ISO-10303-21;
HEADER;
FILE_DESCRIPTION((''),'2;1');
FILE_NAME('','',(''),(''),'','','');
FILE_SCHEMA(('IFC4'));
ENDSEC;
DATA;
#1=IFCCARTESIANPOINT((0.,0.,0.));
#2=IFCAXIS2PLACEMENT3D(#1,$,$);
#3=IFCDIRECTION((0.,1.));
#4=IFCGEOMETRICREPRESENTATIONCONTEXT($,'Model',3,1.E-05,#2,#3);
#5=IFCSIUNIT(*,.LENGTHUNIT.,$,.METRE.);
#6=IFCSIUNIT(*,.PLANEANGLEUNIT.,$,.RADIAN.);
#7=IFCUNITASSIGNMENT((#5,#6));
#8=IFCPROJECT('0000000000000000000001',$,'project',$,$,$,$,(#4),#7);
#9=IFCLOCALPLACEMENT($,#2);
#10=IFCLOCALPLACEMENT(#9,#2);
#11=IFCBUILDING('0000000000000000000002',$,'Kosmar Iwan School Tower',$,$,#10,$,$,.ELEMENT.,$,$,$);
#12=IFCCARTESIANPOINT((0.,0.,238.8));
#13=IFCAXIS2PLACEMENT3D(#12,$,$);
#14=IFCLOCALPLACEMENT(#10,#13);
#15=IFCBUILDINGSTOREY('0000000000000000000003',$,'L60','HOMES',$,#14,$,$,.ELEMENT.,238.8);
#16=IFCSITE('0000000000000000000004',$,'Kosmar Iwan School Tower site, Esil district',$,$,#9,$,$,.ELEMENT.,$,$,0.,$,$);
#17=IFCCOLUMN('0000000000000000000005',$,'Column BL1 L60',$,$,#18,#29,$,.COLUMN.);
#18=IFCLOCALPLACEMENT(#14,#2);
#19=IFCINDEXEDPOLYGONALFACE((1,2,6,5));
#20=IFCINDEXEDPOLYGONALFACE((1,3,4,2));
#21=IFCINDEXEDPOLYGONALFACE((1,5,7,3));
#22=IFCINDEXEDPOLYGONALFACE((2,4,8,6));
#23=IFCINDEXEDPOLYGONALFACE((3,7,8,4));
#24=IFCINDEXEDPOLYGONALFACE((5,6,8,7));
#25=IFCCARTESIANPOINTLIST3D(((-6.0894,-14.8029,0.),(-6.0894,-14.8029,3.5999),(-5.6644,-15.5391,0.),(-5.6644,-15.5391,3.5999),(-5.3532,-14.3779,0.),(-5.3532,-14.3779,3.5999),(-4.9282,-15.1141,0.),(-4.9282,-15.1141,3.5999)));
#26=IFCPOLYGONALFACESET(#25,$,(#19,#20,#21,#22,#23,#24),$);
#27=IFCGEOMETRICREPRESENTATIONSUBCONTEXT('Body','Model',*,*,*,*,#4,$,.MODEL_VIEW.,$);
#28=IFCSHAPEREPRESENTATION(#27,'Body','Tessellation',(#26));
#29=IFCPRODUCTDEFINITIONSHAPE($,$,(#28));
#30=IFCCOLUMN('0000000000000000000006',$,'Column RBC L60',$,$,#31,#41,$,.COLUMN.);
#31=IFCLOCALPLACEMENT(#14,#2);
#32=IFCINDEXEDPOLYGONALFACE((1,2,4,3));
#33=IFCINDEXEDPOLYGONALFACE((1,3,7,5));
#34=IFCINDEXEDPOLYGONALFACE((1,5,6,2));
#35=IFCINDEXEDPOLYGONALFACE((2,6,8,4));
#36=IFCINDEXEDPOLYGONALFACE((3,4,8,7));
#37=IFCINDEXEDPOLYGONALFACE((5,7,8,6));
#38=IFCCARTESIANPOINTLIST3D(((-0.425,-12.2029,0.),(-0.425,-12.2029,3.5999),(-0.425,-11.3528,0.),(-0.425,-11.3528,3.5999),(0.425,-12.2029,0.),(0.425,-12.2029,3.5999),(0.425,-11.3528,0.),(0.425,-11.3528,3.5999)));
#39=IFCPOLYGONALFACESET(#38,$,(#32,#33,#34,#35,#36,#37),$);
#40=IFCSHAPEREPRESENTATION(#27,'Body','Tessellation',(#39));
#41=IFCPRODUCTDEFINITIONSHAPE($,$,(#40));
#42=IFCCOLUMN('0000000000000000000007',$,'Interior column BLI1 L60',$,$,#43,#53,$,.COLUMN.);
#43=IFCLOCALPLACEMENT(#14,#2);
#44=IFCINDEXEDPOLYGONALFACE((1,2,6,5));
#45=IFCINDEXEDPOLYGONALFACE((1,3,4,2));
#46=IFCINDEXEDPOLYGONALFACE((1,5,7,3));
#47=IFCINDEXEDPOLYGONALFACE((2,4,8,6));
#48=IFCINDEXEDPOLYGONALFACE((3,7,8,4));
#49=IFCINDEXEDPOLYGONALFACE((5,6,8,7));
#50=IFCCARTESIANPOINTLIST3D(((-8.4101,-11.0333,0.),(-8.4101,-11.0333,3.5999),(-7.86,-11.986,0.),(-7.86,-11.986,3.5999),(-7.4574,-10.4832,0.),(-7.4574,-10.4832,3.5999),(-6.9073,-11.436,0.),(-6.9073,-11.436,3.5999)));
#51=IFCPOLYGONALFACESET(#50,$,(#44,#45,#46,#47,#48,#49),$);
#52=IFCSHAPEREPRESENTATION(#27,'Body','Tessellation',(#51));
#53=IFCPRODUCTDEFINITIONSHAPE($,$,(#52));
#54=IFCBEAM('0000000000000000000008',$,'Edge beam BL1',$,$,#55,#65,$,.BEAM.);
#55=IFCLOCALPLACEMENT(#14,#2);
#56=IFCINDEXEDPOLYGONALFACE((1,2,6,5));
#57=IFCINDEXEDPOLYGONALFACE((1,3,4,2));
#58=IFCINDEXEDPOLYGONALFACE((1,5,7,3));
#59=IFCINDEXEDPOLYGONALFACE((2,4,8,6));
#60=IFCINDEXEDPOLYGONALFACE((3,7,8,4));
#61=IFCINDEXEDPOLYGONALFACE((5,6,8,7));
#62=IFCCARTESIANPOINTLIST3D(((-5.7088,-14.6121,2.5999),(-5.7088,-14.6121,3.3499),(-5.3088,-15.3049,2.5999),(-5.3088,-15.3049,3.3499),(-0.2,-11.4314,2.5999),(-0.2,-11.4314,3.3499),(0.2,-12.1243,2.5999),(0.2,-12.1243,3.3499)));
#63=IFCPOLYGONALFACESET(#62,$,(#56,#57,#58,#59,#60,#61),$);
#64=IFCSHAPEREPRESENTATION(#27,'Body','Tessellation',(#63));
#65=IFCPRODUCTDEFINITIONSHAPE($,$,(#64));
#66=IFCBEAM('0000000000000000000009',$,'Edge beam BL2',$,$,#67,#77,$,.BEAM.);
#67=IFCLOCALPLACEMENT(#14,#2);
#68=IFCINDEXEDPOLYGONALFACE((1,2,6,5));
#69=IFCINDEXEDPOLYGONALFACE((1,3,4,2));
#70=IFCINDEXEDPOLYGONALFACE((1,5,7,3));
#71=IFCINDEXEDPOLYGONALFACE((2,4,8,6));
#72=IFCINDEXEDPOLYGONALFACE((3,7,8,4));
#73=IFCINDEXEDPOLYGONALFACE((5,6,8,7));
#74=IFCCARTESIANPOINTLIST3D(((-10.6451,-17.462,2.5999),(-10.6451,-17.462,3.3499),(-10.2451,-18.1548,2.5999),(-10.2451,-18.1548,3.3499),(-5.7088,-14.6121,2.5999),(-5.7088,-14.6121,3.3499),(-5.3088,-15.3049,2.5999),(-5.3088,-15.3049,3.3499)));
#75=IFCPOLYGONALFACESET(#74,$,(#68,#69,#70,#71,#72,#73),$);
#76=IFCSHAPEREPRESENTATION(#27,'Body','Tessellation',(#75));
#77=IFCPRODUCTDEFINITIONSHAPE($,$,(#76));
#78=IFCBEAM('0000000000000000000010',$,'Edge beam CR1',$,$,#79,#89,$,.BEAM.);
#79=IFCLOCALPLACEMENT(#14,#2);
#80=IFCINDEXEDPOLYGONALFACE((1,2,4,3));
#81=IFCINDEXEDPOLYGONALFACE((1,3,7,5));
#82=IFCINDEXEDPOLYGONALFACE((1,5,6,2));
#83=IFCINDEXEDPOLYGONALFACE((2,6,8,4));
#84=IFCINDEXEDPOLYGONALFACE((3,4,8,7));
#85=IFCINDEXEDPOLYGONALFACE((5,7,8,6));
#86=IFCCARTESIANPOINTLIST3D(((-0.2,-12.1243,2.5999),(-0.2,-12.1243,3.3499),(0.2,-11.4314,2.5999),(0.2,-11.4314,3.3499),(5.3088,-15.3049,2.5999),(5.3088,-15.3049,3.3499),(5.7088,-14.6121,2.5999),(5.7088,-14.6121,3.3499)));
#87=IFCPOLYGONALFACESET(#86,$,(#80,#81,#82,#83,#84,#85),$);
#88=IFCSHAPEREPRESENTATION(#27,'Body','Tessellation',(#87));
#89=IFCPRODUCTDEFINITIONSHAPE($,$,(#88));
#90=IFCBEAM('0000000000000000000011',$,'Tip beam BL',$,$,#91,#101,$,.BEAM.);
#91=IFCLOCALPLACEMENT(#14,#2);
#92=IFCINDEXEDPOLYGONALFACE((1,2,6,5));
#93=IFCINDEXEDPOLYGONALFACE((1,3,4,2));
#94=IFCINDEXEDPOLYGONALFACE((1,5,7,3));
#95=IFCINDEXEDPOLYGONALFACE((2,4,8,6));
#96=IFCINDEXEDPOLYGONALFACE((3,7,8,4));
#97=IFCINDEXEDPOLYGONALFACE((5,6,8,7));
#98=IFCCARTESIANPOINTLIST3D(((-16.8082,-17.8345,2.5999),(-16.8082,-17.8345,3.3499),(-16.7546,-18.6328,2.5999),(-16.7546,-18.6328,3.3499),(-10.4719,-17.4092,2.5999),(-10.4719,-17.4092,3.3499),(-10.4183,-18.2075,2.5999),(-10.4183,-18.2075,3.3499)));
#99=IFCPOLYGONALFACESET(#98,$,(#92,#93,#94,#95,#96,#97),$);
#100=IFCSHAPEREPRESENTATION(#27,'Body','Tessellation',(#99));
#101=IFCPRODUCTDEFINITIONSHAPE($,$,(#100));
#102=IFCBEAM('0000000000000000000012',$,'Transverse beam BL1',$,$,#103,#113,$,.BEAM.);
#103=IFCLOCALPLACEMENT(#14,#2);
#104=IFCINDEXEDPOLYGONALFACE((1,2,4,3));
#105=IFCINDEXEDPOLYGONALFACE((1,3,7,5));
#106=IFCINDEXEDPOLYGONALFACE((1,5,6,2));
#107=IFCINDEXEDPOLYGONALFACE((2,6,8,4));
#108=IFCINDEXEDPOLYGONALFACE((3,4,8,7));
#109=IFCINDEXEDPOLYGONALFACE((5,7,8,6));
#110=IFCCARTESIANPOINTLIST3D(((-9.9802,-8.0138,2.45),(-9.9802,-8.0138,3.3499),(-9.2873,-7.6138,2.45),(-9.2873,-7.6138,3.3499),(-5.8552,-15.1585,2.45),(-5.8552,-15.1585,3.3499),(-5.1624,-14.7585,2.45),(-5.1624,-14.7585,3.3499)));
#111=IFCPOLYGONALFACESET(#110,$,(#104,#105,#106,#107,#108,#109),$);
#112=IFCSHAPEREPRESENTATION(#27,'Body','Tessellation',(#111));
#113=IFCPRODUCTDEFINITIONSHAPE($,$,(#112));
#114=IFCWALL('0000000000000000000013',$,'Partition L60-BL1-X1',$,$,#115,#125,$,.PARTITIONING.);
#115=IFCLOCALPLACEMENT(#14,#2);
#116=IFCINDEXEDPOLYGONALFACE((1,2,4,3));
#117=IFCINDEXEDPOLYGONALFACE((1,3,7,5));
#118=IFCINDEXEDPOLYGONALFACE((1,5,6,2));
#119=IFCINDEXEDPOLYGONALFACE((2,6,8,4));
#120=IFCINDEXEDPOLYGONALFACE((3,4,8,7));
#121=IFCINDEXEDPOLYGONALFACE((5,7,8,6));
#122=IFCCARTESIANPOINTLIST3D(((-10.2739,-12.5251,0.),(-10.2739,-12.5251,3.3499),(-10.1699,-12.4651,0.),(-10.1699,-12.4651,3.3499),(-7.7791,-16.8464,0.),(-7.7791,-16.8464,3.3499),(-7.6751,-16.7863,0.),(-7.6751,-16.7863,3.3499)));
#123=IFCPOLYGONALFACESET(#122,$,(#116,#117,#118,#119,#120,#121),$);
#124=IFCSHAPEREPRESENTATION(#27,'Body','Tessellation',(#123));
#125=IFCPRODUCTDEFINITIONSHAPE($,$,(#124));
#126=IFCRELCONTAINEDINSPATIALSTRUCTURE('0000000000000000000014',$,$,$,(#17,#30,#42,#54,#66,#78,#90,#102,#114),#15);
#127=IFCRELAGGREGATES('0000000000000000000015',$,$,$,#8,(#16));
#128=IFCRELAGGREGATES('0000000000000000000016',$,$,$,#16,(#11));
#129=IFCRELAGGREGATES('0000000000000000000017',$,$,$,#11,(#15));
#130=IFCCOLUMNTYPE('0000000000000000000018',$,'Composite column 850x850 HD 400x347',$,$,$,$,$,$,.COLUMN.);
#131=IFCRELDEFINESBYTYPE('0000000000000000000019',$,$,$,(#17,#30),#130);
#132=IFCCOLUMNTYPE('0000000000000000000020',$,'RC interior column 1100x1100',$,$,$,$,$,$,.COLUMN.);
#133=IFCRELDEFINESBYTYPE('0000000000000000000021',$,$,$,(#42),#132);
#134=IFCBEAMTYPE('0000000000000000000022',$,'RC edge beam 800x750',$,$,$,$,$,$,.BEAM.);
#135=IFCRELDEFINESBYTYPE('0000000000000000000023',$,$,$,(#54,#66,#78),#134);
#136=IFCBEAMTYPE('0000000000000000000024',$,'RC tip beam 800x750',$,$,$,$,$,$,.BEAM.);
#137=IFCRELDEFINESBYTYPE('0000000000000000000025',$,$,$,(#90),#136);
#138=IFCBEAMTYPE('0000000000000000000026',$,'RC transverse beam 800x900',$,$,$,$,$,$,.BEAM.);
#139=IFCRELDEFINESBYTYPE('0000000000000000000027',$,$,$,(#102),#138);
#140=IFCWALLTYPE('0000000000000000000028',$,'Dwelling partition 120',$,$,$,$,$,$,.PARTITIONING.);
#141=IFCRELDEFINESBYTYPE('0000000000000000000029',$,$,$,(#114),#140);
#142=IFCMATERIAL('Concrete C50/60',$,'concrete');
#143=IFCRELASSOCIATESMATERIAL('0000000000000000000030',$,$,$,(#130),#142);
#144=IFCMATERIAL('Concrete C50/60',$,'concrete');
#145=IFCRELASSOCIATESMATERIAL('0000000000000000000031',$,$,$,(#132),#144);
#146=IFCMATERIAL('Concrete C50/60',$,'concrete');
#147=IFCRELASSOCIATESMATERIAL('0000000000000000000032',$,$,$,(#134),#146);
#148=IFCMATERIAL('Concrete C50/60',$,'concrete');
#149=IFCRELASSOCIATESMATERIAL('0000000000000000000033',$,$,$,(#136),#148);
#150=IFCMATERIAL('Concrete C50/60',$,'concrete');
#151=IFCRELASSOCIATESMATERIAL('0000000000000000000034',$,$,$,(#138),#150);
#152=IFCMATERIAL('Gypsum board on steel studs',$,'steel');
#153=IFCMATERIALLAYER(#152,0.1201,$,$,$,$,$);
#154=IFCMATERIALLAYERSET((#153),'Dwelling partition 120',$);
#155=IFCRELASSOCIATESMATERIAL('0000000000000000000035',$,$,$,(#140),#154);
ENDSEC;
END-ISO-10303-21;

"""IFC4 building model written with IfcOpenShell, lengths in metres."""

from ifc_helpers import new_model, si_unit, direction, frame, frame_2d, origin, origin_2d, place, context, subcontext, project, spatial, rectangle, extrude, material, layer, layer_set, material_profile, profile_set, type_object, element, save


model = new_model("IFC4")

# Units and contexts
model_context = context("Model", 3, precision=1e-05, world=origin(), true_north=direction((0.0, 1.0)))
body_context = subcontext(model_context, "Body", "Model", "MODEL_VIEW")
ifc_project = project(units=[si_unit("LENGTHUNIT", "METRE"), si_unit("PLANEANGLEUNIT", "RADIAN")], contexts=[model_context])

# Site, building, storey
site_placement = place(None, origin())
site = spatial("IfcSite", under=ifc_project, at=site_placement, Name="Kosmar Iwan School Tower site, Esil district", CompositionType="ELEMENT", RefElevation=0.0)
building_placement = place(site_placement, origin())
building = spatial("IfcBuilding", under=site, at=building_placement, Name="Kosmar Iwan School Tower", CompositionType="ELEMENT")
storey_placement = place(building_placement, frame((0.0, 0.0, 238.8)))
storey = spatial("IfcBuildingStorey", under=building, at=storey_placement, Name="L60", Description="HOMES", CompositionType="ELEMENT", Elevation=238.8)

# Columns
ifc_material_1 = material(Name="Concrete C50/60", Category="concrete")
ifc_material_profile_1 = material_profile(ifc_material_1, rectangle(XDim=0.8501, YDim=0.8501, at=origin_2d()), Name="RC 850x850 + HD 400x347")
ifc_profile_set_1 = profile_set([ifc_material_profile_1], Name="Concrete C50/60")
column_type_1 = type_object("IfcColumnType", Name="Composite column 850x850 HD 400x347", PredefinedType="COLUMN", material=ifc_profile_set_1)
for number, where, z_axis, x_axis, name in (
    (1, (-5.5088, -14.9585, 0.0), (0.0, 0.0, 1.0), (-0.866025, -0.5, 0.0), "Column BL1 L60"),
    (2, (0.0, -11.7778, 0.0), (0.0, 0.0, 1.0), (1.0, 0.0, 0.0), "Column RBC L60"),
):
    element("IfcColumn", number, at=place(storey_placement, frame(where, z_axis=z_axis, x_axis=x_axis)), inside=storey, type_object=column_type_1, Name=name, PredefinedType="COLUMN", context=body_context, shape_type="SweptSolid", body=[
        extrude(rectangle(XDim=0.8501, YDim=0.8501, at=origin_2d()), origin(), (0.0, 0.0, 1.0), 3.5999),
    ])
ifc_material_2 = material(Name="Concrete C50/60", Category="concrete")
ifc_material_profile_2 = material_profile(ifc_material_2, rectangle(XDim=1.1001, YDim=1.1001, at=origin_2d()), Name="RC 1100x1100")
ifc_profile_set_2 = profile_set([ifc_material_profile_2], Name="Concrete C50/60")
column_type_2 = type_object("IfcColumnType", Name="RC interior column 1100x1100", PredefinedType="COLUMN", material=ifc_profile_set_2)
column_placement = place(storey_placement, frame((-7.6587, -11.2346, 0.0), z_axis=(0.0, 0.0, 1.0), x_axis=(-0.866025, -0.5, 0.0)))
element("IfcColumn", 3, at=column_placement, inside=storey, type_object=column_type_2, Name="Interior column BLI1 L60", PredefinedType="COLUMN", context=body_context, shape_type="SweptSolid", body=[
    extrude(rectangle(XDim=1.1001, YDim=1.1001, at=origin_2d()), origin(), (0.0, 0.0, 1.0), 3.5999),
])

# Beams
ifc_material_3 = material(Name="Concrete C50/60", Category="concrete")
ifc_material_profile_3 = material_profile(ifc_material_3, rectangle(XDim=0.8, YDim=0.75, at=origin_2d()), Name="RC 800x750")
ifc_profile_set_3 = profile_set([ifc_material_profile_3], Name="Concrete C50/60")
beam_type_1 = type_object("IfcBeamType", Name="RC edge beam 800x750", PredefinedType="BEAM", material=ifc_profile_set_3)
beam_1_placement = place(storey_placement, frame((0.0, -11.7778, 2.9749), z_axis=(-0.866014, -0.500019, 0.0), x_axis=(0.500019, -0.866014, 0.0)))
element("IfcBeam", 4, at=beam_1_placement, inside=storey, type_object=beam_type_1, Name="Edge beam BL1", PredefinedType="BEAM", context=body_context, shape_type="SweptSolid", body=[
    extrude(rectangle(XDim=0.8, YDim=0.75, at=origin_2d()), origin(), (0.0, 0.0, 1.0), 6.3611),
])
beam_2_placement = place(storey_placement, frame((-5.5088, -14.9585, 2.9749), z_axis=(-0.866034, -0.499986, 0.0), x_axis=(0.499986, -0.866034, 0.0)))
element("IfcBeam", 5, at=beam_2_placement, inside=storey, type_object=beam_type_1, Name="Edge beam BL2", PredefinedType="BEAM", context=body_context, shape_type="SweptSolid", body=[
    extrude(rectangle(XDim=0.8, YDim=0.75, at=origin_2d()), origin(), (0.0, 0.0, 1.0), 5.7),
])
beam_3_placement = place(storey_placement, frame((0.0, -11.7778, 2.9749), z_axis=(0.866014, -0.500019, 0.0), x_axis=(0.500019, 0.866014, 0.0)))
element("IfcBeam", 6, at=beam_3_placement, inside=storey, type_object=beam_type_1, Name="Edge beam CR1", PredefinedType="BEAM", context=body_context, shape_type="SweptSolid", body=[
    extrude(rectangle(XDim=0.8, YDim=0.75, at=origin_2d()), origin(), (0.0, 0.0, 1.0), 6.3611),
])
ifc_material_4 = material(Name="Concrete C50/60", Category="concrete")
ifc_material_profile_4 = material_profile(ifc_material_4, rectangle(XDim=0.8, YDim=0.75, at=origin_2d()), Name="RC 800x750")
ifc_profile_set_4 = profile_set([ifc_material_profile_4], Name="Concrete C50/60")
beam_type_2 = type_object("IfcBeamType", Name="RC tip beam 800x750", PredefinedType="BEAM", material=ifc_profile_set_4)
beam_4_placement = place(storey_placement, frame((-10.4451, -17.8083, 2.9749), z_axis=(-0.997755, -0.066968, 0.0), x_axis=(0.066968, -0.997755, 0.0)))
element("IfcBeam", 7, at=beam_4_placement, inside=storey, type_object=beam_type_2, Name="Tip beam BL", PredefinedType="BEAM", context=body_context, shape_type="SweptSolid", body=[
    extrude(rectangle(XDim=0.8, YDim=0.75, at=origin_2d()), origin(), (0.0, 0.0, 1.0), 6.3506),
])
ifc_material_5 = material(Name="Concrete C50/60", Category="concrete")
ifc_material_profile_5 = material_profile(ifc_material_5, rectangle(XDim=0.8, YDim=0.8999, at=origin_2d()), Name="RC 800x900")
ifc_profile_set_5 = profile_set([ifc_material_profile_5], Name="Concrete C50/60")
beam_type_3 = type_object("IfcBeamType", Name="RC transverse beam 800x900", PredefinedType="BEAM", material=ifc_profile_set_5)
beam_5_placement = place(storey_placement, frame((-5.5088, -14.9585, 2.8999), z_axis=(-0.499997, 0.866027, 0.0), x_axis=(-0.866027, -0.499997, 0.0)))
element("IfcBeam", 8, at=beam_5_placement, inside=storey, type_object=beam_type_3, Name="Transverse beam BL1", PredefinedType="BEAM", context=body_context, shape_type="SweptSolid", body=[
    extrude(rectangle(XDim=0.8, YDim=0.8999, at=origin_2d()), origin(), (0.0, 0.0, 1.0), 8.25),
])

# Wall
ifc_material_6 = material(Name="Gypsum board on steel studs", Category="steel")
ifc_layer_1 = layer(ifc_material_6, 0.1201)
ifc_layer_set_1 = layer_set([ifc_layer_1], Name="Dwelling partition 120")
wall_type_1 = type_object("IfcWallType", Name="Dwelling partition 120", PredefinedType="PARTITIONING", material=ifc_layer_set_1)
wall_1_placement = place(storey_placement, frame((-10.2219, -12.4951, 0.0), z_axis=(0.0, 0.0, 1.0), x_axis=(0.499996, -0.866028, 0.0)))
element("IfcWall", 9, at=wall_1_placement, inside=storey, type_object=wall_type_1, Name="Partition L60-BL1-X1", PredefinedType="PARTITIONING", context=body_context, shape_type="SweptSolid", body=[
    extrude(rectangle(XDim=4.9897, YDim=0.1201, at=frame_2d((2.4949, 0.0))), origin(), (0.0, 0.0, 1.0), 3.3499),
])

save(model, "model.ifc")
